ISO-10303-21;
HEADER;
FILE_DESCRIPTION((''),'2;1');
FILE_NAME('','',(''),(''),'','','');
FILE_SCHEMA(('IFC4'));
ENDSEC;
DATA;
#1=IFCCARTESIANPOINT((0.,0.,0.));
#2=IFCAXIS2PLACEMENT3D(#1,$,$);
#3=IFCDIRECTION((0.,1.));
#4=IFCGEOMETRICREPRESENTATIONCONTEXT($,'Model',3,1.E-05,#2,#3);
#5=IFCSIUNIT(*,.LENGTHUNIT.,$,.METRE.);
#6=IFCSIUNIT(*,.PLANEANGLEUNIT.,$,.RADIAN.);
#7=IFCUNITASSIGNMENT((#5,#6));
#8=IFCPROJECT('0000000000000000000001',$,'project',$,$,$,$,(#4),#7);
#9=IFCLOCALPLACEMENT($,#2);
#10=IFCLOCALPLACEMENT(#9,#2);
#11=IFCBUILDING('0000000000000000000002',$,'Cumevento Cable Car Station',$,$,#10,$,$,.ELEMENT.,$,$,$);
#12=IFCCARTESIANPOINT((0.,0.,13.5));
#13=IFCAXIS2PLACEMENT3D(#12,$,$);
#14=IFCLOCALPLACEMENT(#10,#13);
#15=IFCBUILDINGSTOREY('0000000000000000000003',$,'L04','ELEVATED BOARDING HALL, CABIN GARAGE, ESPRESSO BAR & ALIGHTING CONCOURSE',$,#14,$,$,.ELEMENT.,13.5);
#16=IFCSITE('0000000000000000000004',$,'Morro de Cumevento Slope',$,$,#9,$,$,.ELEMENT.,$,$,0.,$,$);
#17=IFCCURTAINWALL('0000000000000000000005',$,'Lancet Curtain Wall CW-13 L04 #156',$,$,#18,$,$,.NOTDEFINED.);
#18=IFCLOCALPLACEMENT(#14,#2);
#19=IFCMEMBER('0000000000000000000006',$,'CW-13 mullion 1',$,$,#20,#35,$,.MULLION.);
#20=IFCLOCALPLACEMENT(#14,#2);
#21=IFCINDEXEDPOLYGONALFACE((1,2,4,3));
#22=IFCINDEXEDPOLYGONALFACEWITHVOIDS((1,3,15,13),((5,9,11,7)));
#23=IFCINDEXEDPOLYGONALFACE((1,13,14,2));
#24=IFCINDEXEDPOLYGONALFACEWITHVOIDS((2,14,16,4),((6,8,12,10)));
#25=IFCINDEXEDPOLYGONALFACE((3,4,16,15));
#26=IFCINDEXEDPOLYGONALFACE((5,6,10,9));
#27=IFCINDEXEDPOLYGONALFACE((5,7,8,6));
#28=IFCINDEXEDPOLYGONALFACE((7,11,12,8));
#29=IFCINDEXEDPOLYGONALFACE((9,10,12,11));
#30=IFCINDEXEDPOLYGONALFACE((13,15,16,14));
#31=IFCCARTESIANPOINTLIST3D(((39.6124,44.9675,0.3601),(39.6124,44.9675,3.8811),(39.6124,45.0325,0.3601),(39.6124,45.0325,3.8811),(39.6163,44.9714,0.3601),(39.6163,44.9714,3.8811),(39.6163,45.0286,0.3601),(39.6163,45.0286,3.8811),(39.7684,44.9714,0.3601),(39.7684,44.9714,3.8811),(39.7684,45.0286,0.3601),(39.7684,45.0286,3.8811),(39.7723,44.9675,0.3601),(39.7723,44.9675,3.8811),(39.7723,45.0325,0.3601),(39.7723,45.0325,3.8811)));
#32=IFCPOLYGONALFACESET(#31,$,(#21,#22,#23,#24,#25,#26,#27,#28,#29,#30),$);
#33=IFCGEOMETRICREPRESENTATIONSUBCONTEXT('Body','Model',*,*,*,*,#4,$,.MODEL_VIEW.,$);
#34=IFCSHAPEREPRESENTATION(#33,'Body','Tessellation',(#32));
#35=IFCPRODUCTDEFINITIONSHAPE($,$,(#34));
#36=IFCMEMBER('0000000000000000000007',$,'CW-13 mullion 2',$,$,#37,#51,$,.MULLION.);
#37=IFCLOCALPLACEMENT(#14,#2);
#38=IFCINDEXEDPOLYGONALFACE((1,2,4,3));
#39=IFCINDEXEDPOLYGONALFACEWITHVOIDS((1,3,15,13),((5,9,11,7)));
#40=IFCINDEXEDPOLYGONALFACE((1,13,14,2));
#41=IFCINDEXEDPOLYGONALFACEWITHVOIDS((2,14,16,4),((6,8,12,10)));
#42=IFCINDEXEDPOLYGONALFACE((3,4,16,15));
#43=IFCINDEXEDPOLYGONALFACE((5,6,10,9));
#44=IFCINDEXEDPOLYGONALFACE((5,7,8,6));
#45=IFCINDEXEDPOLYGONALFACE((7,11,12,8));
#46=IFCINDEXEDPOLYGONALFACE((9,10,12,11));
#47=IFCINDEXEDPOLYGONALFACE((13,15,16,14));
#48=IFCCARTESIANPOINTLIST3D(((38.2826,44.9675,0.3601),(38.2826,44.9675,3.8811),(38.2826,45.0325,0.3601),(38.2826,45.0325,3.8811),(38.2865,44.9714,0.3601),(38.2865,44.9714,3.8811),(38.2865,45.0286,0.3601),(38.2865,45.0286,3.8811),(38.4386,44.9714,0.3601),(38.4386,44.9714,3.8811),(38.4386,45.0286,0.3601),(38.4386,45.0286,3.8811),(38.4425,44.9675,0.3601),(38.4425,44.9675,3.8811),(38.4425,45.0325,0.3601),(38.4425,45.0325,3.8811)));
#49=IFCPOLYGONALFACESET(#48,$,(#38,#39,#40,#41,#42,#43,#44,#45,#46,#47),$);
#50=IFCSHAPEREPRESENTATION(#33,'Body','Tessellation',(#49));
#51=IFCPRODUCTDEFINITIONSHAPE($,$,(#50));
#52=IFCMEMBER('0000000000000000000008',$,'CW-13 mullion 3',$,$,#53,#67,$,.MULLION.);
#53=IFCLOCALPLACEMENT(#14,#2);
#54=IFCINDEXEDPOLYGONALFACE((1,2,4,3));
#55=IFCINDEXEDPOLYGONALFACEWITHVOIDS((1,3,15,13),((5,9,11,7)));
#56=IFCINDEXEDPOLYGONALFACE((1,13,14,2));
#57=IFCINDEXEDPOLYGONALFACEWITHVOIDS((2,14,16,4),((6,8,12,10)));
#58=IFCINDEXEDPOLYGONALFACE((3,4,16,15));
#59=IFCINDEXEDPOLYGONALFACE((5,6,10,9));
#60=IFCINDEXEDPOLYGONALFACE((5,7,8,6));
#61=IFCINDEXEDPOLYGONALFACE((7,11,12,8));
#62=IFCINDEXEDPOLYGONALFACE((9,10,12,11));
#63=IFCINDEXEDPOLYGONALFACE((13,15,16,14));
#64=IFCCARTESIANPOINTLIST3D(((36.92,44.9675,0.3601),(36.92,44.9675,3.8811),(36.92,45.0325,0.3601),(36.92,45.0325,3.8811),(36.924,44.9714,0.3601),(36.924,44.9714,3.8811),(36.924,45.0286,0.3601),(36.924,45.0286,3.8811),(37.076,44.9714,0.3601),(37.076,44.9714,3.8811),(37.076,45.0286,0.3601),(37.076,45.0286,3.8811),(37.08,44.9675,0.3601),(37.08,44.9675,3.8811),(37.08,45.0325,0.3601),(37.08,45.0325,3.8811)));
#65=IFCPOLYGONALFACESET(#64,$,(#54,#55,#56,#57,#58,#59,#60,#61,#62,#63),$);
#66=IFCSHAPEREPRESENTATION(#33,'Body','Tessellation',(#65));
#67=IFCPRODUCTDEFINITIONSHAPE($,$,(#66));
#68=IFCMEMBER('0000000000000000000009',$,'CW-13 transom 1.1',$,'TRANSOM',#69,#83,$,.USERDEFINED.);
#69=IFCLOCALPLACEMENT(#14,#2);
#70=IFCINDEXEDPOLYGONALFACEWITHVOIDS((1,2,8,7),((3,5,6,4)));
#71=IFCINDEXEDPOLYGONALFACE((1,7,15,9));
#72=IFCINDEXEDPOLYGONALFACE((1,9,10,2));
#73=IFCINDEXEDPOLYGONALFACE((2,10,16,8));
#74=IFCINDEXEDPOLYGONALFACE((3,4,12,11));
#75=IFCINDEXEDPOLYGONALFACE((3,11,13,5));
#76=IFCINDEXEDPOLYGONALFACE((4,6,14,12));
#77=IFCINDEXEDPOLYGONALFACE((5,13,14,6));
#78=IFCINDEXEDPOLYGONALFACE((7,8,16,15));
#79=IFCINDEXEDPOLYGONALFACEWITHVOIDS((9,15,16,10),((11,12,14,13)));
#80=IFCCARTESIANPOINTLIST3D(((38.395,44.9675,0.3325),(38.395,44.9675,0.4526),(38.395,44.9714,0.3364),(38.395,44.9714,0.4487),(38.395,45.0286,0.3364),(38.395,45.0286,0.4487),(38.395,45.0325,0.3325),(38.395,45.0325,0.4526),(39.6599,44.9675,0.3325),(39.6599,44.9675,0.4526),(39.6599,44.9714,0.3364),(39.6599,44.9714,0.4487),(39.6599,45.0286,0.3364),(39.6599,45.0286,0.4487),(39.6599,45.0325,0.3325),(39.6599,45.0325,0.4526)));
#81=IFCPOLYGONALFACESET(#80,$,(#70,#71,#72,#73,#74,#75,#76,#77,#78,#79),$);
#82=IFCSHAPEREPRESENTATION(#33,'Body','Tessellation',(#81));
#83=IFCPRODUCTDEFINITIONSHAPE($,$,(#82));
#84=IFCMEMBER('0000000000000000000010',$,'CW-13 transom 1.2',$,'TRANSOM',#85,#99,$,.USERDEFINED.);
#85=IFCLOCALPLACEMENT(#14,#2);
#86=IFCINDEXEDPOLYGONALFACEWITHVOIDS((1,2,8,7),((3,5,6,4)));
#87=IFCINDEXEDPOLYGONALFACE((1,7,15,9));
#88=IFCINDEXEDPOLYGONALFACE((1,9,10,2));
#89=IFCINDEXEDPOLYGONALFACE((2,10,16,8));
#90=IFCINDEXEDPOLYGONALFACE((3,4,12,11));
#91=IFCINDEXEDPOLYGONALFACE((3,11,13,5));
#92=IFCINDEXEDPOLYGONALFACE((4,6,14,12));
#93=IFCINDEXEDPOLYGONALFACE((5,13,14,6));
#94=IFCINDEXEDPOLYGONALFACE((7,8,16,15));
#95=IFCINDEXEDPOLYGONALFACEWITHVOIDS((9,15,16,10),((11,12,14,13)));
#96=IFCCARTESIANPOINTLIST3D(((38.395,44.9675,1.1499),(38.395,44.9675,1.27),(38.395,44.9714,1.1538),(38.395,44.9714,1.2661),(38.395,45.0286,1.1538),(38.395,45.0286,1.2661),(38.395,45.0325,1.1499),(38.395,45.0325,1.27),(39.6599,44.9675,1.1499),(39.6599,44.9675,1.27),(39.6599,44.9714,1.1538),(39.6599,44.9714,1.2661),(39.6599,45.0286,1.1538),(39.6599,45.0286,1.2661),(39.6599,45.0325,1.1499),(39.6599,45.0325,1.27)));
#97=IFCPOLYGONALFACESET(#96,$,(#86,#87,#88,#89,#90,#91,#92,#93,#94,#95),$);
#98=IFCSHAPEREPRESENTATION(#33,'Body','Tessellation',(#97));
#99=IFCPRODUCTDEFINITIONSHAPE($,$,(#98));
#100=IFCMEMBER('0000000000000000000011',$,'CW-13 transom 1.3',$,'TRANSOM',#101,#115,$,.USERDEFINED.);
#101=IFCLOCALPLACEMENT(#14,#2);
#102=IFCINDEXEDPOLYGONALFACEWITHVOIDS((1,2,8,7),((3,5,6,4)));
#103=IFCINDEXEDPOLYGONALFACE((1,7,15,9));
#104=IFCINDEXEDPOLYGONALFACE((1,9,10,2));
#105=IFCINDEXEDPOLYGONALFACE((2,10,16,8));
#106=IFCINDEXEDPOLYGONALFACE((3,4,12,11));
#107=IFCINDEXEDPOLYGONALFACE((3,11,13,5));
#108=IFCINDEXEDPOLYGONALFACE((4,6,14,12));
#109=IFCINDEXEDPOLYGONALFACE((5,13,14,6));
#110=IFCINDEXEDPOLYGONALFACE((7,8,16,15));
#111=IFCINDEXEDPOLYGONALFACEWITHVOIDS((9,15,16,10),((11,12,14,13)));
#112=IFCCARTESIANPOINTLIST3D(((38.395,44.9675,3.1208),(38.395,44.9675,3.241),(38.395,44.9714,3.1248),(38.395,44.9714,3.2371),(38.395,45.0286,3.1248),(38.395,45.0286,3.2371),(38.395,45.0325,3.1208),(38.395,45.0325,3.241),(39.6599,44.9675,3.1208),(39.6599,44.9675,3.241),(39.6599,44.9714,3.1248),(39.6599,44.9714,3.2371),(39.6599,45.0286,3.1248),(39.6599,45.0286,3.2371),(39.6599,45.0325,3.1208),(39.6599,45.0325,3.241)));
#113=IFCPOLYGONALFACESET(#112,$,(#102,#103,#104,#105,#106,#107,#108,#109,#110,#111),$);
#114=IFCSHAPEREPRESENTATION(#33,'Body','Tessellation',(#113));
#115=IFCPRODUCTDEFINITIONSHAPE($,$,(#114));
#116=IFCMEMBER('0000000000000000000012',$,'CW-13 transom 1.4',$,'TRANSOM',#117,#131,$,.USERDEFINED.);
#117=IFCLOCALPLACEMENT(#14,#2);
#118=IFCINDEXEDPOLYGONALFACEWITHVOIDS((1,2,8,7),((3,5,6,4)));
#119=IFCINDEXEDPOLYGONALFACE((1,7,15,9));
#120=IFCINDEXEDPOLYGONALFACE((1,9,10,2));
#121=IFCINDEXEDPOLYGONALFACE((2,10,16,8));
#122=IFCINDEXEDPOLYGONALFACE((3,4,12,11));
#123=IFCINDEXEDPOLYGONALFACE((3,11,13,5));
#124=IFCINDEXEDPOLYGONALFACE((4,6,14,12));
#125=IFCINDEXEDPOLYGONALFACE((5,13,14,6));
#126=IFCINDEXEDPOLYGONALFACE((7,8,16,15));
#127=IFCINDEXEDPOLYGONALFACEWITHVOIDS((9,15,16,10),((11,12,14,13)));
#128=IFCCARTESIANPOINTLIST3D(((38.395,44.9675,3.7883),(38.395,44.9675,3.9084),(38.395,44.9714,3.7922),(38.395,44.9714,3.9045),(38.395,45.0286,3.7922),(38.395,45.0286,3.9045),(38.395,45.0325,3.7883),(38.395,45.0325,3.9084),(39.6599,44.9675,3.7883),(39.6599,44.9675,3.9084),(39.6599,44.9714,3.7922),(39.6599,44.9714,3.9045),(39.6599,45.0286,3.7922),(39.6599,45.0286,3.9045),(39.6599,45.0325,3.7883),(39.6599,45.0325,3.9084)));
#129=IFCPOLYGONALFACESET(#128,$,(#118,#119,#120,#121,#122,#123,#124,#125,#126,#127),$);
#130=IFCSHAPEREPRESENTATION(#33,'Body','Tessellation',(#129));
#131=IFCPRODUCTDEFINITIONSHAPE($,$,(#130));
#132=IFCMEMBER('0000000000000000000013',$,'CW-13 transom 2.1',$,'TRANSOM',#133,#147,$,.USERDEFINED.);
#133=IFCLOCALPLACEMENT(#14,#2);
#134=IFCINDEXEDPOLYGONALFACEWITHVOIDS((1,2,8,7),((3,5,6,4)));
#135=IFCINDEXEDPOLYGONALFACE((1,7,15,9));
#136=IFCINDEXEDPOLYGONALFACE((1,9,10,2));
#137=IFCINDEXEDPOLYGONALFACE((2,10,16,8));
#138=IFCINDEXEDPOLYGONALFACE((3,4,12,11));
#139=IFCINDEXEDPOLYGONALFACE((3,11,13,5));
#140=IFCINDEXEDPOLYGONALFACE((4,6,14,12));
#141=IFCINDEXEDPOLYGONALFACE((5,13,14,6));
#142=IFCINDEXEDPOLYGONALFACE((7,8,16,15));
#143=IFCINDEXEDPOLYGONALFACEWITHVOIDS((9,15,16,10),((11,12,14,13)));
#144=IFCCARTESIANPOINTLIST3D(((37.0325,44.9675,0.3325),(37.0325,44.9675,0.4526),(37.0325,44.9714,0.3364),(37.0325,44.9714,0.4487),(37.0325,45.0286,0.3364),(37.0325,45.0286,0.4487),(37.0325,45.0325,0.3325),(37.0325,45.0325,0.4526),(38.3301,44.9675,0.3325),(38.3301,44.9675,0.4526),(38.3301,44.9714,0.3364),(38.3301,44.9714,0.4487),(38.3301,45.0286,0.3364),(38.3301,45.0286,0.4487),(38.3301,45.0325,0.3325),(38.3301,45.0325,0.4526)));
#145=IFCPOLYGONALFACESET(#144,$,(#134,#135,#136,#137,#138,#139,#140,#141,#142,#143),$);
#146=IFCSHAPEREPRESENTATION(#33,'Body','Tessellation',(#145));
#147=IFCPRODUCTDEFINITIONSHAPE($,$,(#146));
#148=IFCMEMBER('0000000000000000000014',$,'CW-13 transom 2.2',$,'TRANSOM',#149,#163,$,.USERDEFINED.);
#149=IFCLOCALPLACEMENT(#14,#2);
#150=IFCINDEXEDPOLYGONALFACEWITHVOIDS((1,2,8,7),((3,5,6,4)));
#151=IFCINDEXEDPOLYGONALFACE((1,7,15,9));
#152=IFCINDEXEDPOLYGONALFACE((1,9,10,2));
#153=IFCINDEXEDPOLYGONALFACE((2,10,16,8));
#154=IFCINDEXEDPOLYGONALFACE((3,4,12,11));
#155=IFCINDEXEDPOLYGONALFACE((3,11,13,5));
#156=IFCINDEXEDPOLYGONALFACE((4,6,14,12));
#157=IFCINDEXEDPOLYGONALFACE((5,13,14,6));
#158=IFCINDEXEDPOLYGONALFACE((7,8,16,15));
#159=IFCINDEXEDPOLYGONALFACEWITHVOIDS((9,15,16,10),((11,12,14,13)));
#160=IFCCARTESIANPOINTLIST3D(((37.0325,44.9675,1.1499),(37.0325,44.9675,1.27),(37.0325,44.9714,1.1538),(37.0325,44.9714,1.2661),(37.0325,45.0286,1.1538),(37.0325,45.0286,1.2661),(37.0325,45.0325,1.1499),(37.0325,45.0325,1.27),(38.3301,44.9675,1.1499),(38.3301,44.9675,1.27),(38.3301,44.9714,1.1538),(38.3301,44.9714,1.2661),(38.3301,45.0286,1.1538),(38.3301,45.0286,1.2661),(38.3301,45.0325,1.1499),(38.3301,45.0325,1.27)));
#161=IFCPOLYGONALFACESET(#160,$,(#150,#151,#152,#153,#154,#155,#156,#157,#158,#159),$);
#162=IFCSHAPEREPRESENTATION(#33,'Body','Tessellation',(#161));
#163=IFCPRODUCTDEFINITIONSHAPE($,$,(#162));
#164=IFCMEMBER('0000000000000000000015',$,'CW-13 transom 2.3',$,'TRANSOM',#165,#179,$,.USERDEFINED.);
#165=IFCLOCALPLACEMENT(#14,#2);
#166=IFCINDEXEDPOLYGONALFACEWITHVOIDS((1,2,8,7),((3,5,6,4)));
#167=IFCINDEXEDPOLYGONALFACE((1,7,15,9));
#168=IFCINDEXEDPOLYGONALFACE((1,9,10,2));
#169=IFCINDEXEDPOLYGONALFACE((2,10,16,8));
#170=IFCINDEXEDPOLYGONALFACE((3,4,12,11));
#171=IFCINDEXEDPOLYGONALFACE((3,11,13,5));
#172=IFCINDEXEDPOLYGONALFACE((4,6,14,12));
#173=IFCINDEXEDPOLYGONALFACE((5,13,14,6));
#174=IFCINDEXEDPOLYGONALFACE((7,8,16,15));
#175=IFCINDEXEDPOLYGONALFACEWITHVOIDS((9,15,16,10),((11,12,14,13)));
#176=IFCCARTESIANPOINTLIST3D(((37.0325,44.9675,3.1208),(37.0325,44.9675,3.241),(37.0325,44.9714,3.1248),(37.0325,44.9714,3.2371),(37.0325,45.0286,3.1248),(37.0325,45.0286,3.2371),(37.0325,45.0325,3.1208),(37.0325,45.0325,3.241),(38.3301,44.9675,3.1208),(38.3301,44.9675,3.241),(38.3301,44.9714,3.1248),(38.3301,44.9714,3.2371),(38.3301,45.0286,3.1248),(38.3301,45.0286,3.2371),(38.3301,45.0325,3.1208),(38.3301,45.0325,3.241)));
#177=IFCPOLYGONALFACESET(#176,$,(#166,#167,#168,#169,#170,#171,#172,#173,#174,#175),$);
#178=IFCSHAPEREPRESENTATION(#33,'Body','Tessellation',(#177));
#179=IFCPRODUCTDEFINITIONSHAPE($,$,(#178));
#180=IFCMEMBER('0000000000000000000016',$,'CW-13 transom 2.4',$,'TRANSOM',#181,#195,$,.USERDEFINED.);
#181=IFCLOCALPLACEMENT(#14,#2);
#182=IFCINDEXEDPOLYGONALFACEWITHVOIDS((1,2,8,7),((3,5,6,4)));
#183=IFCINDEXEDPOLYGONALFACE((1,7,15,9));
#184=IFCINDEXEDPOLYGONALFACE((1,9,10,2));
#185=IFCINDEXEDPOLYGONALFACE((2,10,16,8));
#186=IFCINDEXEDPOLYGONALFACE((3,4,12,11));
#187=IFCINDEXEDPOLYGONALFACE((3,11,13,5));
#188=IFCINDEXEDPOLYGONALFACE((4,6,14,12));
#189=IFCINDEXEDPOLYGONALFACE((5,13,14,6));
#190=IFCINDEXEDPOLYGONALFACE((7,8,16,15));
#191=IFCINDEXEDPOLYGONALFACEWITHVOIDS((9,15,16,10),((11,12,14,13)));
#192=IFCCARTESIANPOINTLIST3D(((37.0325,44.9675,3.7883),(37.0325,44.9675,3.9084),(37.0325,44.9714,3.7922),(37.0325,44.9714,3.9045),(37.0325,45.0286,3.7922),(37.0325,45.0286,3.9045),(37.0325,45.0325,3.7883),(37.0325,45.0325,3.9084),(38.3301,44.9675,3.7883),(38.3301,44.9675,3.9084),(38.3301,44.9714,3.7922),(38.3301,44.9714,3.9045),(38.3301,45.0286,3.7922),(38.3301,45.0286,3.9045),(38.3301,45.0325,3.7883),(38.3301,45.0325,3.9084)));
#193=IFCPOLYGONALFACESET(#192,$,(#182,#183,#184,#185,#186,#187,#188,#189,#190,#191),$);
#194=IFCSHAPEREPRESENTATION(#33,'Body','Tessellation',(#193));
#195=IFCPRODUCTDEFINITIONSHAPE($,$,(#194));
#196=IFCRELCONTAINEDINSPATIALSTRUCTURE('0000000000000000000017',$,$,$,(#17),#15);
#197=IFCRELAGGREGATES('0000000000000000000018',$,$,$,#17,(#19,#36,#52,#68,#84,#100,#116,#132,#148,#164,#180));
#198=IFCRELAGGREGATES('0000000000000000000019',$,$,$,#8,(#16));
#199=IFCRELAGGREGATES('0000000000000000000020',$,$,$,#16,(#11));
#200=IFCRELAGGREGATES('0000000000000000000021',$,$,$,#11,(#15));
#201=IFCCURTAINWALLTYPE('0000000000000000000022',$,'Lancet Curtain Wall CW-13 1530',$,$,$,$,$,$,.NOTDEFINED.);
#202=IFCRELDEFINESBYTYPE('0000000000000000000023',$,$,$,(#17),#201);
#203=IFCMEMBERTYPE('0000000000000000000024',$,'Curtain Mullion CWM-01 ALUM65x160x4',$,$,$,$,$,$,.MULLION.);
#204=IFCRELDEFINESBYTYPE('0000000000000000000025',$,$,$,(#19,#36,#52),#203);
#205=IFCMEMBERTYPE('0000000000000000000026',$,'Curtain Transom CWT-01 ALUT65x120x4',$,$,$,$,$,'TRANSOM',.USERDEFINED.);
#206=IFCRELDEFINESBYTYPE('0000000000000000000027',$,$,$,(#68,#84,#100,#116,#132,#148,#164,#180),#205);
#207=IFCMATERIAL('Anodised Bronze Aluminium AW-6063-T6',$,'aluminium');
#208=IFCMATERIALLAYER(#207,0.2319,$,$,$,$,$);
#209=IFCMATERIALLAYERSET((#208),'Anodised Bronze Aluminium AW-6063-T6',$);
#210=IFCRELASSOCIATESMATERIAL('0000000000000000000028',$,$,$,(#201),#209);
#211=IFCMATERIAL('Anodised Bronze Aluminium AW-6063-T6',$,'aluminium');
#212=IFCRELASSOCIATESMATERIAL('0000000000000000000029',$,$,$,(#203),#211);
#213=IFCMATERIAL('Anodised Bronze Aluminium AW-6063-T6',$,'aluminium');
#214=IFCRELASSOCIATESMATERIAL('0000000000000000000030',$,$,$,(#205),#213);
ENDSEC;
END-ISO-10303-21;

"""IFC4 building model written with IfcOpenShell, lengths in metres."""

from ifc_helpers import new_model, si_unit, direction, frame, origin, origin_2d, place, context, subcontext, project, spatial, hollow_rectangle, extrude, material, layer, layer_set, material_profile, profile_set, type_object, element, aggregate, save


model = new_model("IFC4")

# Units and contexts
model_context = context("Model", 3, precision=1e-05, world=origin(), true_north=direction((0.0, 1.0)))
body_context = subcontext(model_context, "Body", "Model", "MODEL_VIEW")
ifc_project = project(units=[si_unit("LENGTHUNIT", "METRE"), si_unit("PLANEANGLEUNIT", "RADIAN")], contexts=[model_context])

# Site, building, storey
site_placement = place(None, origin())
site = spatial("IfcSite", under=ifc_project, at=site_placement, Name="Morro de Cumevento Slope", CompositionType="ELEMENT", RefElevation=0.0)
building_placement = place(site_placement, origin())
building = spatial("IfcBuilding", under=site, at=building_placement, Name="Cumevento Cable Car Station", CompositionType="ELEMENT")
storey_placement = place(building_placement, frame((0.0, 0.0, 13.5)))
storey = spatial("IfcBuildingStorey", under=building, at=storey_placement, Name="L04", Description="ELEVATED BOARDING HALL, CABIN GARAGE, ESPRESSO BAR & ALIGHTING CONCOURSE", CompositionType="ELEMENT", Elevation=13.5)

# Curtain wall, members
ifc_material_1 = material(Name="Anodised Bronze Aluminium AW-6063-T6", Category="aluminium")
ifc_layer_1 = layer(ifc_material_1, 0.2319)
ifc_layer_set_1 = layer_set([ifc_layer_1], Name="Anodised Bronze Aluminium AW-6063-T6")
curtain_wall_type = type_object("IfcCurtainWallType", Name="Lancet Curtain Wall CW-13 1530", PredefinedType="NOTDEFINED", material=ifc_layer_set_1)
curtain_wall_placement = place(storey_placement, origin())
curtain_wall = element("IfcCurtainWall", 1, at=curtain_wall_placement, inside=storey, type_object=curtain_wall_type, Name="Lancet Curtain Wall CW-13 L04 #156", PredefinedType="NOTDEFINED")
ifc_material_2 = material(Name="Anodised Bronze Aluminium AW-6063-T6", Category="aluminium")
ifc_material_profile_1 = material_profile(ifc_material_2, hollow_rectangle(XDim=0.0649, YDim=0.1599, WallThickness=0.0039, at=origin_2d()), Name="ALUM65x160x4")
ifc_profile_set_1 = profile_set([ifc_material_profile_1], Name="Anodised Bronze Aluminium AW-6063-T6")
member_type_1 = type_object("IfcMemberType", Name="Curtain Mullion CWM-01 ALUM65x160x4", PredefinedType="MULLION", material=ifc_profile_set_1)
member_1_placement = place(storey_placement, frame((39.6924, 45.0, 0.3601), z_axis=(0.0, 0.0, 1.0), x_axis=(0.0, -1.0, 0.0)))
member_1 = element("IfcMember", 2, at=member_1_placement, type_object=member_type_1, Name="CW-13 mullion 1", PredefinedType="MULLION", context=body_context, shape_type="SweptSolid", body=[
    extrude(hollow_rectangle(XDim=0.0649, YDim=0.1599, WallThickness=0.0039, at=origin_2d()), origin(), (0.0, 0.0, 1.0), 3.521),
])
member_2_placement = place(storey_placement, frame((38.3625, 45.0, 0.3601), z_axis=(0.0, 0.0, 1.0), x_axis=(0.0, -1.0, 0.0)))
member_2 = element("IfcMember", 3, at=member_2_placement, type_object=member_type_1, Name="CW-13 mullion 2", PredefinedType="MULLION", context=body_context, shape_type="SweptSolid", body=[
    extrude(hollow_rectangle(XDim=0.0649, YDim=0.1599, WallThickness=0.0039, at=origin_2d()), origin(), (0.0, 0.0, 1.0), 3.521),
])
member_3_placement = place(storey_placement, frame((37.0, 45.0, 0.3601), z_axis=(0.0, 0.0, 1.0), x_axis=(0.0, -1.0, 0.0)))
member_3 = element("IfcMember", 4, at=member_3_placement, type_object=member_type_1, Name="CW-13 mullion 3", PredefinedType="MULLION", context=body_context, shape_type="SweptSolid", body=[
    extrude(hollow_rectangle(XDim=0.0649, YDim=0.1599, WallThickness=0.0039, at=origin_2d()), origin(), (0.0, 0.0, 1.0), 3.521),
])
ifc_material_3 = material(Name="Anodised Bronze Aluminium AW-6063-T6", Category="aluminium")
ifc_material_profile_2 = material_profile(ifc_material_3, hollow_rectangle(XDim=0.0649, YDim=0.1201, WallThickness=0.0039, at=origin_2d()), Name="ALUT65x120x4")
ifc_profile_set_2 = profile_set([ifc_material_profile_2], Name="Anodised Bronze Aluminium AW-6063-T6")
member_type_2 = type_object("IfcMemberType", Name="Curtain Transom CWT-01 ALUT65x120x4", ElementType="TRANSOM", PredefinedType="USERDEFINED", material=ifc_profile_set_2)
member_4_placement = place(storey_placement, frame((39.6599, 45.0, 0.3926), z_axis=(-1.0, 0.0, 0.0), x_axis=(0.0, -1.0, 0.0)))
member_4 = element("IfcMember", 5, at=member_4_placement, type_object=member_type_2, Name="CW-13 transom 1.1", ObjectType="TRANSOM", PredefinedType="USERDEFINED", context=body_context, shape_type="SweptSolid", body=[
    extrude(hollow_rectangle(XDim=0.0649, YDim=0.1201, WallThickness=0.0039, at=origin_2d()), origin(), (0.0, 0.0, 1.0), 1.2649),
])
member_5_placement = place(storey_placement, frame((39.6599, 45.0, 1.21), z_axis=(-1.0, 0.0, 0.0), x_axis=(0.0, -1.0, 0.0)))
member_5 = element("IfcMember", 6, at=member_5_placement, type_object=member_type_2, Name="CW-13 transom 1.2", ObjectType="TRANSOM", PredefinedType="USERDEFINED", context=body_context, shape_type="SweptSolid", body=[
    extrude(hollow_rectangle(XDim=0.0649, YDim=0.1201, WallThickness=0.0039, at=origin_2d()), origin(), (0.0, 0.0, 1.0), 1.2649),
])
member_6_placement = place(storey_placement, frame((39.6599, 45.0, 3.1809), z_axis=(-1.0, 0.0, 0.0), x_axis=(0.0, -1.0, 0.0)))
member_6 = element("IfcMember", 7, at=member_6_placement, type_object=member_type_2, Name="CW-13 transom 1.3", ObjectType="TRANSOM", PredefinedType="USERDEFINED", context=body_context, shape_type="SweptSolid", body=[
    extrude(hollow_rectangle(XDim=0.0649, YDim=0.1201, WallThickness=0.0039, at=origin_2d()), origin(), (0.0, 0.0, 1.0), 1.2649),
])
member_7_placement = place(storey_placement, frame((39.6599, 45.0, 3.8484), z_axis=(-1.0, 0.0, 0.0), x_axis=(0.0, -1.0, 0.0)))
member_7 = element("IfcMember", 8, at=member_7_placement, type_object=member_type_2, Name="CW-13 transom 1.4", ObjectType="TRANSOM", PredefinedType="USERDEFINED", context=body_context, shape_type="SweptSolid", body=[
    extrude(hollow_rectangle(XDim=0.0649, YDim=0.1201, WallThickness=0.0039, at=origin_2d()), origin(), (0.0, 0.0, 1.0), 1.2649),
])
member_8_placement = place(storey_placement, frame((38.3301, 45.0, 0.3926), z_axis=(-1.0, 0.0, 0.0), x_axis=(0.0, -1.0, 0.0)))
member_8 = element("IfcMember", 9, at=member_8_placement, type_object=member_type_2, Name="CW-13 transom 2.1", ObjectType="TRANSOM", PredefinedType="USERDEFINED", context=body_context, shape_type="SweptSolid", body=[
    extrude(hollow_rectangle(XDim=0.0649, YDim=0.1201, WallThickness=0.0039, at=origin_2d()), origin(), (0.0, 0.0, 1.0), 1.2976),
])
member_9_placement = place(storey_placement, frame((38.3301, 45.0, 1.21), z_axis=(-1.0, 0.0, 0.0), x_axis=(0.0, -1.0, 0.0)))
member_9 = element("IfcMember", 10, at=member_9_placement, type_object=member_type_2, Name="CW-13 transom 2.2", ObjectType="TRANSOM", PredefinedType="USERDEFINED", context=body_context, shape_type="SweptSolid", body=[
    extrude(hollow_rectangle(XDim=0.0649, YDim=0.1201, WallThickness=0.0039, at=origin_2d()), origin(), (0.0, 0.0, 1.0), 1.2976),
])
member_10_placement = place(storey_placement, frame((38.3301, 45.0, 3.1809), z_axis=(-1.0, 0.0, 0.0), x_axis=(0.0, -1.0, 0.0)))
member_10 = element("IfcMember", 11, at=member_10_placement, type_object=member_type_2, Name="CW-13 transom 2.3", ObjectType="TRANSOM", PredefinedType="USERDEFINED", context=body_context, shape_type="SweptSolid", body=[
    extrude(hollow_rectangle(XDim=0.0649, YDim=0.1201, WallThickness=0.0039, at=origin_2d()), origin(), (0.0, 0.0, 1.0), 1.2976),
])
member_11_placement = place(storey_placement, frame((38.3301, 45.0, 3.8484), z_axis=(-1.0, 0.0, 0.0), x_axis=(0.0, -1.0, 0.0)))
member_11 = element("IfcMember", 12, at=member_11_placement, type_object=member_type_2, Name="CW-13 transom 2.4", ObjectType="TRANSOM", PredefinedType="USERDEFINED", context=body_context, shape_type="SweptSolid", body=[
    extrude(hollow_rectangle(XDim=0.0649, YDim=0.1201, WallThickness=0.0039, at=origin_2d()), origin(), (0.0, 0.0, 1.0), 1.2976),
])
aggregate(curtain_wall, [member_1, member_2, member_3, member_4, member_5, member_6, member_7, member_8, member_9, member_10, member_11])

save(model, "model.ifc")
